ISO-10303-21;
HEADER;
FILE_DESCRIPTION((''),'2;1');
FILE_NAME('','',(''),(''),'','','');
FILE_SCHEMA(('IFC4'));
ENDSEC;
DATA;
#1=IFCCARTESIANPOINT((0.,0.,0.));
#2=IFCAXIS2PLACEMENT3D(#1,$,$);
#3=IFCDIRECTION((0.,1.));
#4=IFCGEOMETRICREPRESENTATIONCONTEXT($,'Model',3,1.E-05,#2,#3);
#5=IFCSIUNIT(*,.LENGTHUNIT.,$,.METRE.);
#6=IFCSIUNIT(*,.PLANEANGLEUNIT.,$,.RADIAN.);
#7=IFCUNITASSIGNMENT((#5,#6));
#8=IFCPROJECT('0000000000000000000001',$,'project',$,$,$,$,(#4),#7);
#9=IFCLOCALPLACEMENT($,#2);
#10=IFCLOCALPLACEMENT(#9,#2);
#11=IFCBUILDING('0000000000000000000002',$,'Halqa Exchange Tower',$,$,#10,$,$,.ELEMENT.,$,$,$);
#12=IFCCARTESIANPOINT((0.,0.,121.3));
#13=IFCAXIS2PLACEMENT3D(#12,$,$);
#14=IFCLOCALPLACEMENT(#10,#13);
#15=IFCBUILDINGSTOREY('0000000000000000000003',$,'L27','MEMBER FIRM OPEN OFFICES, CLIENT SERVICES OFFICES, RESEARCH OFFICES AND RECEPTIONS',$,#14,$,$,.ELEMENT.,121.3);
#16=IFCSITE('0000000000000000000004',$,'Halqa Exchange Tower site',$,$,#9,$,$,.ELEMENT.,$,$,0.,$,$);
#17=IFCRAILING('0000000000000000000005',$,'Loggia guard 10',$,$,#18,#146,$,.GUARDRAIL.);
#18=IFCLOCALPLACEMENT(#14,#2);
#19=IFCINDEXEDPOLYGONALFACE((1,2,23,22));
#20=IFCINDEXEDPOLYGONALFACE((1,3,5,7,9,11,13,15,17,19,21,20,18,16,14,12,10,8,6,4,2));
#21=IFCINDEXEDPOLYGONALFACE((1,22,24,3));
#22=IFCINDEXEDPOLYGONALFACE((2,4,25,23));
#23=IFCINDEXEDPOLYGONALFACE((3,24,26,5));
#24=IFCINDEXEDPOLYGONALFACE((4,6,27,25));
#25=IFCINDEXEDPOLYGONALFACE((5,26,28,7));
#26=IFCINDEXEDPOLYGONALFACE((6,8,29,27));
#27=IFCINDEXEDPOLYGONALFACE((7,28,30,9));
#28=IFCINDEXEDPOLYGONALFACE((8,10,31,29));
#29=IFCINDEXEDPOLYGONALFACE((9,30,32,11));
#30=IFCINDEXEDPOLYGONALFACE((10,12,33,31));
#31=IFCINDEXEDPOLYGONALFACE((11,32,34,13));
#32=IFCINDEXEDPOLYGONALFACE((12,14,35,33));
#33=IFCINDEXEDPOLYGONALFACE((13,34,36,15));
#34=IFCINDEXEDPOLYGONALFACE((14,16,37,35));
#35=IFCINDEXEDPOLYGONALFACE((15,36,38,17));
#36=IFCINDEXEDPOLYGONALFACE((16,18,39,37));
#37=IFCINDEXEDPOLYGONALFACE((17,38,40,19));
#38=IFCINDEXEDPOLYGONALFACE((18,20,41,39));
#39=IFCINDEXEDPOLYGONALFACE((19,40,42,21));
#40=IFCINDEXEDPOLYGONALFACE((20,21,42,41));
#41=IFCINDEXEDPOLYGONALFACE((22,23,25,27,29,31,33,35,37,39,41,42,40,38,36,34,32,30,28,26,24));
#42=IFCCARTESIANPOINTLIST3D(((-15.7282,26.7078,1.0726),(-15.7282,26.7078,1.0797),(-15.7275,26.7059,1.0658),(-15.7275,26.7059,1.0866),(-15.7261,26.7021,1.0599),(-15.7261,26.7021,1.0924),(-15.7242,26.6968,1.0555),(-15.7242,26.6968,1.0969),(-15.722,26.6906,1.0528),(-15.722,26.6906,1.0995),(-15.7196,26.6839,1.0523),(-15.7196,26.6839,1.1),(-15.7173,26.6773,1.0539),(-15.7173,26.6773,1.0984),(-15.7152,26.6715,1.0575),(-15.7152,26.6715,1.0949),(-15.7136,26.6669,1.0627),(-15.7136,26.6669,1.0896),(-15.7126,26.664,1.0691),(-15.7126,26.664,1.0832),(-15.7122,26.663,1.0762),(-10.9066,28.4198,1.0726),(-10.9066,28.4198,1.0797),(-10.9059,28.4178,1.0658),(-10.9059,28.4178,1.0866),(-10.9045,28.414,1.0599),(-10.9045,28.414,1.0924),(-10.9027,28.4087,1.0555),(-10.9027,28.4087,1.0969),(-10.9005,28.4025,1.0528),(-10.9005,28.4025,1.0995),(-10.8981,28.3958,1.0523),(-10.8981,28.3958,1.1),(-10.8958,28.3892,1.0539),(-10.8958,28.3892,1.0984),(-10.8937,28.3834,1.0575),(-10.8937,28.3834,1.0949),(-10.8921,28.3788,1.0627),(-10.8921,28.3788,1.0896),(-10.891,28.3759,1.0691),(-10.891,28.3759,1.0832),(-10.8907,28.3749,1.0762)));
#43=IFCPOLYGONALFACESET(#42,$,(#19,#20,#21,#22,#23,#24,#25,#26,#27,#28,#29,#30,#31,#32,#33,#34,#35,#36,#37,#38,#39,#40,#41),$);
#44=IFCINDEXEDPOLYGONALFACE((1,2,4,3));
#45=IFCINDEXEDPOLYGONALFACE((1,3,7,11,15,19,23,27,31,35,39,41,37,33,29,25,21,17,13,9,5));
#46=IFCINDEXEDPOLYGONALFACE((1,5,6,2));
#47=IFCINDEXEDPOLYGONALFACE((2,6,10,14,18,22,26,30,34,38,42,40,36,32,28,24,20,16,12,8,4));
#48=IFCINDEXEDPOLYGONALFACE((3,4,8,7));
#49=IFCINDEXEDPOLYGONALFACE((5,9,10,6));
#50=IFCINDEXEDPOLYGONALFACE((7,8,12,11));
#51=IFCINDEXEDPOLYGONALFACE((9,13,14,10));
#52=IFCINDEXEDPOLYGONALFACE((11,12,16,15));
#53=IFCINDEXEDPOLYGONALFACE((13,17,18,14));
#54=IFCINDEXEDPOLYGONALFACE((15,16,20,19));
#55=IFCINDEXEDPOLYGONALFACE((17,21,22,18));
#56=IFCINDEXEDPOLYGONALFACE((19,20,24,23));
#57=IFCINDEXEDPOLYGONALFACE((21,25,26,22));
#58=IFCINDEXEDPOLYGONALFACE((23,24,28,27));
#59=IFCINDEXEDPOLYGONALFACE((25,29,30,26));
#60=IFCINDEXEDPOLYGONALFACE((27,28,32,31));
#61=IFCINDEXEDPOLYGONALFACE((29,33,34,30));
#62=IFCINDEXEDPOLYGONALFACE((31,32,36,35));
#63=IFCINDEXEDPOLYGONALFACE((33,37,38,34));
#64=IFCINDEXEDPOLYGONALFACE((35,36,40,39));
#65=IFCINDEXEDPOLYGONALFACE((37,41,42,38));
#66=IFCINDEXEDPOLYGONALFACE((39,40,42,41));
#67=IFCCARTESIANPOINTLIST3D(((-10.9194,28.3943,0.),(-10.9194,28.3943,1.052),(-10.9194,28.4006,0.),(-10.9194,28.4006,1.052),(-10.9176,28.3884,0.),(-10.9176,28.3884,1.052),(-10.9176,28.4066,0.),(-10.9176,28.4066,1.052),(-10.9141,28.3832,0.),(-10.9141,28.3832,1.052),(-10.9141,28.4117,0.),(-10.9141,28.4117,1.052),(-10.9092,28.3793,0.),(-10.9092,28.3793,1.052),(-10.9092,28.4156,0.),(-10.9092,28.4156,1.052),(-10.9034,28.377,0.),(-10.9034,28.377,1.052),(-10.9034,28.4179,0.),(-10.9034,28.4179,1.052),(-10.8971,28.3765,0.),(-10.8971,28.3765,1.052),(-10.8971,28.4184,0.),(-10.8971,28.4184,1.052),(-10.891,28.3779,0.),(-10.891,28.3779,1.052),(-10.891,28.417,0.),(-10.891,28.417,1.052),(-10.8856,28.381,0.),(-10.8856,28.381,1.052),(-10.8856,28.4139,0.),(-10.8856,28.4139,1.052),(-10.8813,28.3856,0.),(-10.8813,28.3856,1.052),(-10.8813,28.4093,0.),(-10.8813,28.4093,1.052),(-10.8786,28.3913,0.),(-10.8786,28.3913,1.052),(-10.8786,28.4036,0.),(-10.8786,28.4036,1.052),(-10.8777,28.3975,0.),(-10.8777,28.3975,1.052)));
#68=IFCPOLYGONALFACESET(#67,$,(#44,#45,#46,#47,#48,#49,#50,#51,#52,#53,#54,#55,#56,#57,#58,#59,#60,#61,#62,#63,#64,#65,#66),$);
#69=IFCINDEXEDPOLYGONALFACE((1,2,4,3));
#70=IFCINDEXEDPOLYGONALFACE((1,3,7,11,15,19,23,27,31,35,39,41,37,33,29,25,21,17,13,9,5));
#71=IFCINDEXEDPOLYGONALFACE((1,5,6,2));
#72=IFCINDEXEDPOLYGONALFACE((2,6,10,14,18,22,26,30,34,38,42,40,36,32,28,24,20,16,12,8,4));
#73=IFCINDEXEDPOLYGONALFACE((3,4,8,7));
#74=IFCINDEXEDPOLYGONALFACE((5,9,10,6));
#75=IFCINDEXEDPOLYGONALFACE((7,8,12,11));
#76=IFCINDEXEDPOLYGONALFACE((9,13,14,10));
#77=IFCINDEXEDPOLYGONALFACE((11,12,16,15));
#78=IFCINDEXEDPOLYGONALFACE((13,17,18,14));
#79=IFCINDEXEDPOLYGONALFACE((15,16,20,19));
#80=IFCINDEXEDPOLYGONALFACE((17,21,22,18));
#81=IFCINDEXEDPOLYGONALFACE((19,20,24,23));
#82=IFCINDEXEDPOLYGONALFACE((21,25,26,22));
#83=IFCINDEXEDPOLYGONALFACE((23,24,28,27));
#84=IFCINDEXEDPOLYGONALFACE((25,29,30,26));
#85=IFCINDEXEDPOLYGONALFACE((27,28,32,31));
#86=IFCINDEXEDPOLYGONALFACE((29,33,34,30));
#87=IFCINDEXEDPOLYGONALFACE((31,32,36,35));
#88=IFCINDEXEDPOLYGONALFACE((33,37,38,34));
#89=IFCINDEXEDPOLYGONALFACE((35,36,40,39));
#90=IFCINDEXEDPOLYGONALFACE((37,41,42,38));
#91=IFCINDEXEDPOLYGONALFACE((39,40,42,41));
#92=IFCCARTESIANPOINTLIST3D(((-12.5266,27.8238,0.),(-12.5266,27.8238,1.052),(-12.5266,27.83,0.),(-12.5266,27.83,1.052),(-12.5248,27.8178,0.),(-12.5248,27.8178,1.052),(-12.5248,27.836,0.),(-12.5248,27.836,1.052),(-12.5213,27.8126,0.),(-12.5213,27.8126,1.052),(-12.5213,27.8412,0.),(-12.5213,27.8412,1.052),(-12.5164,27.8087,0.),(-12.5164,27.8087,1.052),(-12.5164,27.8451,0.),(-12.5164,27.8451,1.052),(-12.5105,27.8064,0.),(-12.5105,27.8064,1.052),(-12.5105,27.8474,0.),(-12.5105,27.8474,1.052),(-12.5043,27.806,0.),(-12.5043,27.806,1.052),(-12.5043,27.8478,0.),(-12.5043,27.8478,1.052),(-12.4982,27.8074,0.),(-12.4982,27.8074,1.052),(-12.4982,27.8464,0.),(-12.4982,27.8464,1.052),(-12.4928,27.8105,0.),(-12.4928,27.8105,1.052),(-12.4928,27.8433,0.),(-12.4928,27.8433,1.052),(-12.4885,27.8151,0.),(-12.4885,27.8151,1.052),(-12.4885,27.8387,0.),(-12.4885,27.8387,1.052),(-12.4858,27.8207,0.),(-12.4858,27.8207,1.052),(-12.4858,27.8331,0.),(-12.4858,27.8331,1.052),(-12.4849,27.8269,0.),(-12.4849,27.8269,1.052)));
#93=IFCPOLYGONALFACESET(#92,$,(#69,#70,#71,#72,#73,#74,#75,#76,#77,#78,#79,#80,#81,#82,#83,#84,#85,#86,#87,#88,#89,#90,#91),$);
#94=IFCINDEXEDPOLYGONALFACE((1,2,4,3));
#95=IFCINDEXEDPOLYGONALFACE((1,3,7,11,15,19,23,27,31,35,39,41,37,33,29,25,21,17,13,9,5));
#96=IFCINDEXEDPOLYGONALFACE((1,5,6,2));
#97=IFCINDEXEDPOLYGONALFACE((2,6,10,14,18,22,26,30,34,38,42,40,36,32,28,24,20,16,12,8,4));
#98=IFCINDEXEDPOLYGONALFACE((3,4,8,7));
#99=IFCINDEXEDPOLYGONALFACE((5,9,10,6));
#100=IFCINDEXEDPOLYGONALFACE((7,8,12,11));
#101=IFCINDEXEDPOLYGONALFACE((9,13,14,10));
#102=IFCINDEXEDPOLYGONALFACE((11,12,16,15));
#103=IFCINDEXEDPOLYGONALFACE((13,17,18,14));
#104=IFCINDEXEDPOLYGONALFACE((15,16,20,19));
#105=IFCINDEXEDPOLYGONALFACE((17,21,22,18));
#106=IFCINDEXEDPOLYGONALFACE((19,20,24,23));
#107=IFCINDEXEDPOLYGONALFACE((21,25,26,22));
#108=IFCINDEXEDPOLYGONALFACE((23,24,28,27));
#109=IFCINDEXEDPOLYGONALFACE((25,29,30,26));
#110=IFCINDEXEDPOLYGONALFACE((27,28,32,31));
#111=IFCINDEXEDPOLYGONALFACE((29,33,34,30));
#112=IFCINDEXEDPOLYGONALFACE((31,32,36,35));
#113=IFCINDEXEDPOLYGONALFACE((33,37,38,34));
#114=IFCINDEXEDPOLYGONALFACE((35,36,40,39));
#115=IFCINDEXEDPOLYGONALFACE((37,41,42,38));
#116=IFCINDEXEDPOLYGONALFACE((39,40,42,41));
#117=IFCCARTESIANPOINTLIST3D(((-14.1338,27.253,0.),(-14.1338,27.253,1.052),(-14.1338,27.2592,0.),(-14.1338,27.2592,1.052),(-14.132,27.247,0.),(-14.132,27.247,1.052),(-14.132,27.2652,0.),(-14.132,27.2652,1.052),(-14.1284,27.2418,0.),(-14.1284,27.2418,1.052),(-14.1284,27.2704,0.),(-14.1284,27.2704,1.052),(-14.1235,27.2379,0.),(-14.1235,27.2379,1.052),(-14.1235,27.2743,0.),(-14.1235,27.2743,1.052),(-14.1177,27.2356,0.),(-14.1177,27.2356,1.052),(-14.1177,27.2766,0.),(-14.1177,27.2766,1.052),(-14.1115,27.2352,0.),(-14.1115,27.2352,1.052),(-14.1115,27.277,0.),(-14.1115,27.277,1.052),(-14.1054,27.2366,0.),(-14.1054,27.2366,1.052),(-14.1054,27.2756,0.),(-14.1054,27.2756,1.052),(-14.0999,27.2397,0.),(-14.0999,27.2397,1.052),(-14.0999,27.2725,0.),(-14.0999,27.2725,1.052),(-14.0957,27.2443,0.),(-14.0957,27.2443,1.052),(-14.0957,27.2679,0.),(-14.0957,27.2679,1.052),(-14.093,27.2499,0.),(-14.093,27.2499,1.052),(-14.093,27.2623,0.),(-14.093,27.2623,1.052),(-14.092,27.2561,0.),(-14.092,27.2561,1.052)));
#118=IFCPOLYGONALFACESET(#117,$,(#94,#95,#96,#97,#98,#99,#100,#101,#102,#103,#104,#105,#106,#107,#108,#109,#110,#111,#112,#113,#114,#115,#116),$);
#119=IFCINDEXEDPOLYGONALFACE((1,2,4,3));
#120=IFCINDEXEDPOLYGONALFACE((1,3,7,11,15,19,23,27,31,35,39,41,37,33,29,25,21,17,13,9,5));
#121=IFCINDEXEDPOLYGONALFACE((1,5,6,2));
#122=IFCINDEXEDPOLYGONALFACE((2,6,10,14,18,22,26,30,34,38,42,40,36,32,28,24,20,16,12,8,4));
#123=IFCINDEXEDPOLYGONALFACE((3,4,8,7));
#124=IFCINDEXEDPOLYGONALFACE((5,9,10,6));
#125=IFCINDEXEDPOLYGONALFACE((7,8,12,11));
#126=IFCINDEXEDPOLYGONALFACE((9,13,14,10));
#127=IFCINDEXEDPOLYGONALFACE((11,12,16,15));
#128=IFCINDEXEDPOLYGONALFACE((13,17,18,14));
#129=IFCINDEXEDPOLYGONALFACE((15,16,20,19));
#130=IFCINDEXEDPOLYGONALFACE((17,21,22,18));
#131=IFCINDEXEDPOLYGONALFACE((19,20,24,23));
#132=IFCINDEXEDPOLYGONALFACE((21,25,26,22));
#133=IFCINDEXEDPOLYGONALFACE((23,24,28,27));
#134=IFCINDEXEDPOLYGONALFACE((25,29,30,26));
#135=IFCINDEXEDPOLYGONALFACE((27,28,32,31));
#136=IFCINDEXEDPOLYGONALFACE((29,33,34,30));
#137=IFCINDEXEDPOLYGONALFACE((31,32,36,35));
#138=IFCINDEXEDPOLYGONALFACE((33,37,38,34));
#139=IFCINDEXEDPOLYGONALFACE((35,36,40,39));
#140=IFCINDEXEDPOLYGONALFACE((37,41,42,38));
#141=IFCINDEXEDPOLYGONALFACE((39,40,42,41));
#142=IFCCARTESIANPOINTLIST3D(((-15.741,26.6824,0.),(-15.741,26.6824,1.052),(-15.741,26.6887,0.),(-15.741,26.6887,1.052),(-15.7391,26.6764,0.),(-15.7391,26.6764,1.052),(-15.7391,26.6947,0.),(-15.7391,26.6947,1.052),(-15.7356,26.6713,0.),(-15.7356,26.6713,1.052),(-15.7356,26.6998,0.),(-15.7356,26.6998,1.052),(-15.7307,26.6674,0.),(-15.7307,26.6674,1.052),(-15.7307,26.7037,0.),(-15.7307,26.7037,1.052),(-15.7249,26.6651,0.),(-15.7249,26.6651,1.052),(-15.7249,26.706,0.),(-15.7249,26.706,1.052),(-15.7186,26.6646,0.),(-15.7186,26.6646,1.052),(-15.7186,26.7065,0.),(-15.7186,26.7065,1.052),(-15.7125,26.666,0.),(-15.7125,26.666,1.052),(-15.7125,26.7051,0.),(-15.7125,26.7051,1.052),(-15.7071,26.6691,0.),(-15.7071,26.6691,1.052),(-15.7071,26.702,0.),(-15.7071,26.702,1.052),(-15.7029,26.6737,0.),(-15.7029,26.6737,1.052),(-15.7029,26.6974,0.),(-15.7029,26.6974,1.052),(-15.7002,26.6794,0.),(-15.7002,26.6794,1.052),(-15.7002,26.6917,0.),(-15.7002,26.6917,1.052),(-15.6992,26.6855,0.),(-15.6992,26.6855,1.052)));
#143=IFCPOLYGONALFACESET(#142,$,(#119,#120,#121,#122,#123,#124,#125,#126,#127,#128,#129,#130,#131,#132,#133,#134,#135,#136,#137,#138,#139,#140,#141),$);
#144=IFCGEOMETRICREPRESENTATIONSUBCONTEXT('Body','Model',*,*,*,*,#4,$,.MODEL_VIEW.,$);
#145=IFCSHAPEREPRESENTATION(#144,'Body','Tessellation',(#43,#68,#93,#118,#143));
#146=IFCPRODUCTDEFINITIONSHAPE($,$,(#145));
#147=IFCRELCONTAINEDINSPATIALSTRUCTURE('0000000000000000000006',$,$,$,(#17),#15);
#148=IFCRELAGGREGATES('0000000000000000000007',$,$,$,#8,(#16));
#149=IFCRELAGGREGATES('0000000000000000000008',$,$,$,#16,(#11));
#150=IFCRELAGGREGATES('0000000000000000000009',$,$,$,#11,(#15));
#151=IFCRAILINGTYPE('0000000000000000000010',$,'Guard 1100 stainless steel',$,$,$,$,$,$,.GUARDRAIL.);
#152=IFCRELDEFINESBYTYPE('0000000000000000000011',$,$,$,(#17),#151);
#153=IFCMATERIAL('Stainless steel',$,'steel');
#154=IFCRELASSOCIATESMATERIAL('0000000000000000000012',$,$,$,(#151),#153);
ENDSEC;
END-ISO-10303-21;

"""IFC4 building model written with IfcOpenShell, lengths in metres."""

from ifc_helpers import new_model, si_unit, direction, frame, origin, origin_2d, place, context, subcontext, project, spatial, circle, extrude, material, type_object, element, save


model = new_model("IFC4")

# Units and contexts
model_context = context("Model", 3, precision=1e-05, world=origin(), true_north=direction((0.0, 1.0)))
body_context = subcontext(model_context, "Body", "Model", "MODEL_VIEW")
ifc_project = project(units=[si_unit("LENGTHUNIT", "METRE"), si_unit("PLANEANGLEUNIT", "RADIAN")], contexts=[model_context])

# Site, building, storey
site_placement = place(None, origin())
site = spatial("IfcSite", under=ifc_project, at=site_placement, Name="Halqa Exchange Tower site", CompositionType="ELEMENT", RefElevation=0.0)
building_placement = place(site_placement, origin())
building = spatial("IfcBuilding", under=site, at=building_placement, Name="Halqa Exchange Tower", CompositionType="ELEMENT")
storey_placement = place(building_placement, frame((0.0, 0.0, 121.3)))
storey = spatial("IfcBuildingStorey", under=building, at=storey_placement, Name="L27", Description="MEMBER FIRM OPEN OFFICES, CLIENT SERVICES OFFICES, RESEARCH OFFICES AND RECEPTIONS", CompositionType="ELEMENT", Elevation=121.3)

# Railing
ifc_material_1 = material(Name="Stainless steel", Category="steel")
railing_type_1 = type_object("IfcRailingType", Name="Guard 1100 stainless steel", PredefinedType="GUARDRAIL", material=ifc_material_1)
railing_1_placement = place(storey_placement, frame((-10.8987, 28.3975, 0.0)))
element("IfcRailing", 1, at=railing_1_placement, inside=storey, type_object=railing_type_1, Name="Loggia guard 10", PredefinedType="GUARDRAIL", context=body_context, shape_type="SweptSolid", body=[
    extrude(circle(Radius=0.0239, at=origin_2d()), frame((0.0, 0.0, 1.0762), z_axis=(-0.942363, -0.334592, 0.0), x_axis=(0.334592, -0.942363, 0.0)), (0.0, 0.0, 1.0), 5.1165),
    extrude(circle(Radius=0.021, at=origin_2d()), origin(), (0.0, 0.0, 1.0), 1.052),
    extrude(circle(Radius=0.021, at=origin_2d()), frame((-1.6072, -0.5706, 0.0)), (0.0, 0.0, 1.0), 1.052),
    extrude(circle(Radius=0.021, at=origin_2d()), frame((-3.2144, -1.1414, 0.0)), (0.0, 0.0, 1.0), 1.052),
    extrude(circle(Radius=0.021, at=origin_2d()), frame((-4.8215, -1.7119, 0.0)), (0.0, 0.0, 1.0), 1.052),
])

save(model, "model.ifc")
